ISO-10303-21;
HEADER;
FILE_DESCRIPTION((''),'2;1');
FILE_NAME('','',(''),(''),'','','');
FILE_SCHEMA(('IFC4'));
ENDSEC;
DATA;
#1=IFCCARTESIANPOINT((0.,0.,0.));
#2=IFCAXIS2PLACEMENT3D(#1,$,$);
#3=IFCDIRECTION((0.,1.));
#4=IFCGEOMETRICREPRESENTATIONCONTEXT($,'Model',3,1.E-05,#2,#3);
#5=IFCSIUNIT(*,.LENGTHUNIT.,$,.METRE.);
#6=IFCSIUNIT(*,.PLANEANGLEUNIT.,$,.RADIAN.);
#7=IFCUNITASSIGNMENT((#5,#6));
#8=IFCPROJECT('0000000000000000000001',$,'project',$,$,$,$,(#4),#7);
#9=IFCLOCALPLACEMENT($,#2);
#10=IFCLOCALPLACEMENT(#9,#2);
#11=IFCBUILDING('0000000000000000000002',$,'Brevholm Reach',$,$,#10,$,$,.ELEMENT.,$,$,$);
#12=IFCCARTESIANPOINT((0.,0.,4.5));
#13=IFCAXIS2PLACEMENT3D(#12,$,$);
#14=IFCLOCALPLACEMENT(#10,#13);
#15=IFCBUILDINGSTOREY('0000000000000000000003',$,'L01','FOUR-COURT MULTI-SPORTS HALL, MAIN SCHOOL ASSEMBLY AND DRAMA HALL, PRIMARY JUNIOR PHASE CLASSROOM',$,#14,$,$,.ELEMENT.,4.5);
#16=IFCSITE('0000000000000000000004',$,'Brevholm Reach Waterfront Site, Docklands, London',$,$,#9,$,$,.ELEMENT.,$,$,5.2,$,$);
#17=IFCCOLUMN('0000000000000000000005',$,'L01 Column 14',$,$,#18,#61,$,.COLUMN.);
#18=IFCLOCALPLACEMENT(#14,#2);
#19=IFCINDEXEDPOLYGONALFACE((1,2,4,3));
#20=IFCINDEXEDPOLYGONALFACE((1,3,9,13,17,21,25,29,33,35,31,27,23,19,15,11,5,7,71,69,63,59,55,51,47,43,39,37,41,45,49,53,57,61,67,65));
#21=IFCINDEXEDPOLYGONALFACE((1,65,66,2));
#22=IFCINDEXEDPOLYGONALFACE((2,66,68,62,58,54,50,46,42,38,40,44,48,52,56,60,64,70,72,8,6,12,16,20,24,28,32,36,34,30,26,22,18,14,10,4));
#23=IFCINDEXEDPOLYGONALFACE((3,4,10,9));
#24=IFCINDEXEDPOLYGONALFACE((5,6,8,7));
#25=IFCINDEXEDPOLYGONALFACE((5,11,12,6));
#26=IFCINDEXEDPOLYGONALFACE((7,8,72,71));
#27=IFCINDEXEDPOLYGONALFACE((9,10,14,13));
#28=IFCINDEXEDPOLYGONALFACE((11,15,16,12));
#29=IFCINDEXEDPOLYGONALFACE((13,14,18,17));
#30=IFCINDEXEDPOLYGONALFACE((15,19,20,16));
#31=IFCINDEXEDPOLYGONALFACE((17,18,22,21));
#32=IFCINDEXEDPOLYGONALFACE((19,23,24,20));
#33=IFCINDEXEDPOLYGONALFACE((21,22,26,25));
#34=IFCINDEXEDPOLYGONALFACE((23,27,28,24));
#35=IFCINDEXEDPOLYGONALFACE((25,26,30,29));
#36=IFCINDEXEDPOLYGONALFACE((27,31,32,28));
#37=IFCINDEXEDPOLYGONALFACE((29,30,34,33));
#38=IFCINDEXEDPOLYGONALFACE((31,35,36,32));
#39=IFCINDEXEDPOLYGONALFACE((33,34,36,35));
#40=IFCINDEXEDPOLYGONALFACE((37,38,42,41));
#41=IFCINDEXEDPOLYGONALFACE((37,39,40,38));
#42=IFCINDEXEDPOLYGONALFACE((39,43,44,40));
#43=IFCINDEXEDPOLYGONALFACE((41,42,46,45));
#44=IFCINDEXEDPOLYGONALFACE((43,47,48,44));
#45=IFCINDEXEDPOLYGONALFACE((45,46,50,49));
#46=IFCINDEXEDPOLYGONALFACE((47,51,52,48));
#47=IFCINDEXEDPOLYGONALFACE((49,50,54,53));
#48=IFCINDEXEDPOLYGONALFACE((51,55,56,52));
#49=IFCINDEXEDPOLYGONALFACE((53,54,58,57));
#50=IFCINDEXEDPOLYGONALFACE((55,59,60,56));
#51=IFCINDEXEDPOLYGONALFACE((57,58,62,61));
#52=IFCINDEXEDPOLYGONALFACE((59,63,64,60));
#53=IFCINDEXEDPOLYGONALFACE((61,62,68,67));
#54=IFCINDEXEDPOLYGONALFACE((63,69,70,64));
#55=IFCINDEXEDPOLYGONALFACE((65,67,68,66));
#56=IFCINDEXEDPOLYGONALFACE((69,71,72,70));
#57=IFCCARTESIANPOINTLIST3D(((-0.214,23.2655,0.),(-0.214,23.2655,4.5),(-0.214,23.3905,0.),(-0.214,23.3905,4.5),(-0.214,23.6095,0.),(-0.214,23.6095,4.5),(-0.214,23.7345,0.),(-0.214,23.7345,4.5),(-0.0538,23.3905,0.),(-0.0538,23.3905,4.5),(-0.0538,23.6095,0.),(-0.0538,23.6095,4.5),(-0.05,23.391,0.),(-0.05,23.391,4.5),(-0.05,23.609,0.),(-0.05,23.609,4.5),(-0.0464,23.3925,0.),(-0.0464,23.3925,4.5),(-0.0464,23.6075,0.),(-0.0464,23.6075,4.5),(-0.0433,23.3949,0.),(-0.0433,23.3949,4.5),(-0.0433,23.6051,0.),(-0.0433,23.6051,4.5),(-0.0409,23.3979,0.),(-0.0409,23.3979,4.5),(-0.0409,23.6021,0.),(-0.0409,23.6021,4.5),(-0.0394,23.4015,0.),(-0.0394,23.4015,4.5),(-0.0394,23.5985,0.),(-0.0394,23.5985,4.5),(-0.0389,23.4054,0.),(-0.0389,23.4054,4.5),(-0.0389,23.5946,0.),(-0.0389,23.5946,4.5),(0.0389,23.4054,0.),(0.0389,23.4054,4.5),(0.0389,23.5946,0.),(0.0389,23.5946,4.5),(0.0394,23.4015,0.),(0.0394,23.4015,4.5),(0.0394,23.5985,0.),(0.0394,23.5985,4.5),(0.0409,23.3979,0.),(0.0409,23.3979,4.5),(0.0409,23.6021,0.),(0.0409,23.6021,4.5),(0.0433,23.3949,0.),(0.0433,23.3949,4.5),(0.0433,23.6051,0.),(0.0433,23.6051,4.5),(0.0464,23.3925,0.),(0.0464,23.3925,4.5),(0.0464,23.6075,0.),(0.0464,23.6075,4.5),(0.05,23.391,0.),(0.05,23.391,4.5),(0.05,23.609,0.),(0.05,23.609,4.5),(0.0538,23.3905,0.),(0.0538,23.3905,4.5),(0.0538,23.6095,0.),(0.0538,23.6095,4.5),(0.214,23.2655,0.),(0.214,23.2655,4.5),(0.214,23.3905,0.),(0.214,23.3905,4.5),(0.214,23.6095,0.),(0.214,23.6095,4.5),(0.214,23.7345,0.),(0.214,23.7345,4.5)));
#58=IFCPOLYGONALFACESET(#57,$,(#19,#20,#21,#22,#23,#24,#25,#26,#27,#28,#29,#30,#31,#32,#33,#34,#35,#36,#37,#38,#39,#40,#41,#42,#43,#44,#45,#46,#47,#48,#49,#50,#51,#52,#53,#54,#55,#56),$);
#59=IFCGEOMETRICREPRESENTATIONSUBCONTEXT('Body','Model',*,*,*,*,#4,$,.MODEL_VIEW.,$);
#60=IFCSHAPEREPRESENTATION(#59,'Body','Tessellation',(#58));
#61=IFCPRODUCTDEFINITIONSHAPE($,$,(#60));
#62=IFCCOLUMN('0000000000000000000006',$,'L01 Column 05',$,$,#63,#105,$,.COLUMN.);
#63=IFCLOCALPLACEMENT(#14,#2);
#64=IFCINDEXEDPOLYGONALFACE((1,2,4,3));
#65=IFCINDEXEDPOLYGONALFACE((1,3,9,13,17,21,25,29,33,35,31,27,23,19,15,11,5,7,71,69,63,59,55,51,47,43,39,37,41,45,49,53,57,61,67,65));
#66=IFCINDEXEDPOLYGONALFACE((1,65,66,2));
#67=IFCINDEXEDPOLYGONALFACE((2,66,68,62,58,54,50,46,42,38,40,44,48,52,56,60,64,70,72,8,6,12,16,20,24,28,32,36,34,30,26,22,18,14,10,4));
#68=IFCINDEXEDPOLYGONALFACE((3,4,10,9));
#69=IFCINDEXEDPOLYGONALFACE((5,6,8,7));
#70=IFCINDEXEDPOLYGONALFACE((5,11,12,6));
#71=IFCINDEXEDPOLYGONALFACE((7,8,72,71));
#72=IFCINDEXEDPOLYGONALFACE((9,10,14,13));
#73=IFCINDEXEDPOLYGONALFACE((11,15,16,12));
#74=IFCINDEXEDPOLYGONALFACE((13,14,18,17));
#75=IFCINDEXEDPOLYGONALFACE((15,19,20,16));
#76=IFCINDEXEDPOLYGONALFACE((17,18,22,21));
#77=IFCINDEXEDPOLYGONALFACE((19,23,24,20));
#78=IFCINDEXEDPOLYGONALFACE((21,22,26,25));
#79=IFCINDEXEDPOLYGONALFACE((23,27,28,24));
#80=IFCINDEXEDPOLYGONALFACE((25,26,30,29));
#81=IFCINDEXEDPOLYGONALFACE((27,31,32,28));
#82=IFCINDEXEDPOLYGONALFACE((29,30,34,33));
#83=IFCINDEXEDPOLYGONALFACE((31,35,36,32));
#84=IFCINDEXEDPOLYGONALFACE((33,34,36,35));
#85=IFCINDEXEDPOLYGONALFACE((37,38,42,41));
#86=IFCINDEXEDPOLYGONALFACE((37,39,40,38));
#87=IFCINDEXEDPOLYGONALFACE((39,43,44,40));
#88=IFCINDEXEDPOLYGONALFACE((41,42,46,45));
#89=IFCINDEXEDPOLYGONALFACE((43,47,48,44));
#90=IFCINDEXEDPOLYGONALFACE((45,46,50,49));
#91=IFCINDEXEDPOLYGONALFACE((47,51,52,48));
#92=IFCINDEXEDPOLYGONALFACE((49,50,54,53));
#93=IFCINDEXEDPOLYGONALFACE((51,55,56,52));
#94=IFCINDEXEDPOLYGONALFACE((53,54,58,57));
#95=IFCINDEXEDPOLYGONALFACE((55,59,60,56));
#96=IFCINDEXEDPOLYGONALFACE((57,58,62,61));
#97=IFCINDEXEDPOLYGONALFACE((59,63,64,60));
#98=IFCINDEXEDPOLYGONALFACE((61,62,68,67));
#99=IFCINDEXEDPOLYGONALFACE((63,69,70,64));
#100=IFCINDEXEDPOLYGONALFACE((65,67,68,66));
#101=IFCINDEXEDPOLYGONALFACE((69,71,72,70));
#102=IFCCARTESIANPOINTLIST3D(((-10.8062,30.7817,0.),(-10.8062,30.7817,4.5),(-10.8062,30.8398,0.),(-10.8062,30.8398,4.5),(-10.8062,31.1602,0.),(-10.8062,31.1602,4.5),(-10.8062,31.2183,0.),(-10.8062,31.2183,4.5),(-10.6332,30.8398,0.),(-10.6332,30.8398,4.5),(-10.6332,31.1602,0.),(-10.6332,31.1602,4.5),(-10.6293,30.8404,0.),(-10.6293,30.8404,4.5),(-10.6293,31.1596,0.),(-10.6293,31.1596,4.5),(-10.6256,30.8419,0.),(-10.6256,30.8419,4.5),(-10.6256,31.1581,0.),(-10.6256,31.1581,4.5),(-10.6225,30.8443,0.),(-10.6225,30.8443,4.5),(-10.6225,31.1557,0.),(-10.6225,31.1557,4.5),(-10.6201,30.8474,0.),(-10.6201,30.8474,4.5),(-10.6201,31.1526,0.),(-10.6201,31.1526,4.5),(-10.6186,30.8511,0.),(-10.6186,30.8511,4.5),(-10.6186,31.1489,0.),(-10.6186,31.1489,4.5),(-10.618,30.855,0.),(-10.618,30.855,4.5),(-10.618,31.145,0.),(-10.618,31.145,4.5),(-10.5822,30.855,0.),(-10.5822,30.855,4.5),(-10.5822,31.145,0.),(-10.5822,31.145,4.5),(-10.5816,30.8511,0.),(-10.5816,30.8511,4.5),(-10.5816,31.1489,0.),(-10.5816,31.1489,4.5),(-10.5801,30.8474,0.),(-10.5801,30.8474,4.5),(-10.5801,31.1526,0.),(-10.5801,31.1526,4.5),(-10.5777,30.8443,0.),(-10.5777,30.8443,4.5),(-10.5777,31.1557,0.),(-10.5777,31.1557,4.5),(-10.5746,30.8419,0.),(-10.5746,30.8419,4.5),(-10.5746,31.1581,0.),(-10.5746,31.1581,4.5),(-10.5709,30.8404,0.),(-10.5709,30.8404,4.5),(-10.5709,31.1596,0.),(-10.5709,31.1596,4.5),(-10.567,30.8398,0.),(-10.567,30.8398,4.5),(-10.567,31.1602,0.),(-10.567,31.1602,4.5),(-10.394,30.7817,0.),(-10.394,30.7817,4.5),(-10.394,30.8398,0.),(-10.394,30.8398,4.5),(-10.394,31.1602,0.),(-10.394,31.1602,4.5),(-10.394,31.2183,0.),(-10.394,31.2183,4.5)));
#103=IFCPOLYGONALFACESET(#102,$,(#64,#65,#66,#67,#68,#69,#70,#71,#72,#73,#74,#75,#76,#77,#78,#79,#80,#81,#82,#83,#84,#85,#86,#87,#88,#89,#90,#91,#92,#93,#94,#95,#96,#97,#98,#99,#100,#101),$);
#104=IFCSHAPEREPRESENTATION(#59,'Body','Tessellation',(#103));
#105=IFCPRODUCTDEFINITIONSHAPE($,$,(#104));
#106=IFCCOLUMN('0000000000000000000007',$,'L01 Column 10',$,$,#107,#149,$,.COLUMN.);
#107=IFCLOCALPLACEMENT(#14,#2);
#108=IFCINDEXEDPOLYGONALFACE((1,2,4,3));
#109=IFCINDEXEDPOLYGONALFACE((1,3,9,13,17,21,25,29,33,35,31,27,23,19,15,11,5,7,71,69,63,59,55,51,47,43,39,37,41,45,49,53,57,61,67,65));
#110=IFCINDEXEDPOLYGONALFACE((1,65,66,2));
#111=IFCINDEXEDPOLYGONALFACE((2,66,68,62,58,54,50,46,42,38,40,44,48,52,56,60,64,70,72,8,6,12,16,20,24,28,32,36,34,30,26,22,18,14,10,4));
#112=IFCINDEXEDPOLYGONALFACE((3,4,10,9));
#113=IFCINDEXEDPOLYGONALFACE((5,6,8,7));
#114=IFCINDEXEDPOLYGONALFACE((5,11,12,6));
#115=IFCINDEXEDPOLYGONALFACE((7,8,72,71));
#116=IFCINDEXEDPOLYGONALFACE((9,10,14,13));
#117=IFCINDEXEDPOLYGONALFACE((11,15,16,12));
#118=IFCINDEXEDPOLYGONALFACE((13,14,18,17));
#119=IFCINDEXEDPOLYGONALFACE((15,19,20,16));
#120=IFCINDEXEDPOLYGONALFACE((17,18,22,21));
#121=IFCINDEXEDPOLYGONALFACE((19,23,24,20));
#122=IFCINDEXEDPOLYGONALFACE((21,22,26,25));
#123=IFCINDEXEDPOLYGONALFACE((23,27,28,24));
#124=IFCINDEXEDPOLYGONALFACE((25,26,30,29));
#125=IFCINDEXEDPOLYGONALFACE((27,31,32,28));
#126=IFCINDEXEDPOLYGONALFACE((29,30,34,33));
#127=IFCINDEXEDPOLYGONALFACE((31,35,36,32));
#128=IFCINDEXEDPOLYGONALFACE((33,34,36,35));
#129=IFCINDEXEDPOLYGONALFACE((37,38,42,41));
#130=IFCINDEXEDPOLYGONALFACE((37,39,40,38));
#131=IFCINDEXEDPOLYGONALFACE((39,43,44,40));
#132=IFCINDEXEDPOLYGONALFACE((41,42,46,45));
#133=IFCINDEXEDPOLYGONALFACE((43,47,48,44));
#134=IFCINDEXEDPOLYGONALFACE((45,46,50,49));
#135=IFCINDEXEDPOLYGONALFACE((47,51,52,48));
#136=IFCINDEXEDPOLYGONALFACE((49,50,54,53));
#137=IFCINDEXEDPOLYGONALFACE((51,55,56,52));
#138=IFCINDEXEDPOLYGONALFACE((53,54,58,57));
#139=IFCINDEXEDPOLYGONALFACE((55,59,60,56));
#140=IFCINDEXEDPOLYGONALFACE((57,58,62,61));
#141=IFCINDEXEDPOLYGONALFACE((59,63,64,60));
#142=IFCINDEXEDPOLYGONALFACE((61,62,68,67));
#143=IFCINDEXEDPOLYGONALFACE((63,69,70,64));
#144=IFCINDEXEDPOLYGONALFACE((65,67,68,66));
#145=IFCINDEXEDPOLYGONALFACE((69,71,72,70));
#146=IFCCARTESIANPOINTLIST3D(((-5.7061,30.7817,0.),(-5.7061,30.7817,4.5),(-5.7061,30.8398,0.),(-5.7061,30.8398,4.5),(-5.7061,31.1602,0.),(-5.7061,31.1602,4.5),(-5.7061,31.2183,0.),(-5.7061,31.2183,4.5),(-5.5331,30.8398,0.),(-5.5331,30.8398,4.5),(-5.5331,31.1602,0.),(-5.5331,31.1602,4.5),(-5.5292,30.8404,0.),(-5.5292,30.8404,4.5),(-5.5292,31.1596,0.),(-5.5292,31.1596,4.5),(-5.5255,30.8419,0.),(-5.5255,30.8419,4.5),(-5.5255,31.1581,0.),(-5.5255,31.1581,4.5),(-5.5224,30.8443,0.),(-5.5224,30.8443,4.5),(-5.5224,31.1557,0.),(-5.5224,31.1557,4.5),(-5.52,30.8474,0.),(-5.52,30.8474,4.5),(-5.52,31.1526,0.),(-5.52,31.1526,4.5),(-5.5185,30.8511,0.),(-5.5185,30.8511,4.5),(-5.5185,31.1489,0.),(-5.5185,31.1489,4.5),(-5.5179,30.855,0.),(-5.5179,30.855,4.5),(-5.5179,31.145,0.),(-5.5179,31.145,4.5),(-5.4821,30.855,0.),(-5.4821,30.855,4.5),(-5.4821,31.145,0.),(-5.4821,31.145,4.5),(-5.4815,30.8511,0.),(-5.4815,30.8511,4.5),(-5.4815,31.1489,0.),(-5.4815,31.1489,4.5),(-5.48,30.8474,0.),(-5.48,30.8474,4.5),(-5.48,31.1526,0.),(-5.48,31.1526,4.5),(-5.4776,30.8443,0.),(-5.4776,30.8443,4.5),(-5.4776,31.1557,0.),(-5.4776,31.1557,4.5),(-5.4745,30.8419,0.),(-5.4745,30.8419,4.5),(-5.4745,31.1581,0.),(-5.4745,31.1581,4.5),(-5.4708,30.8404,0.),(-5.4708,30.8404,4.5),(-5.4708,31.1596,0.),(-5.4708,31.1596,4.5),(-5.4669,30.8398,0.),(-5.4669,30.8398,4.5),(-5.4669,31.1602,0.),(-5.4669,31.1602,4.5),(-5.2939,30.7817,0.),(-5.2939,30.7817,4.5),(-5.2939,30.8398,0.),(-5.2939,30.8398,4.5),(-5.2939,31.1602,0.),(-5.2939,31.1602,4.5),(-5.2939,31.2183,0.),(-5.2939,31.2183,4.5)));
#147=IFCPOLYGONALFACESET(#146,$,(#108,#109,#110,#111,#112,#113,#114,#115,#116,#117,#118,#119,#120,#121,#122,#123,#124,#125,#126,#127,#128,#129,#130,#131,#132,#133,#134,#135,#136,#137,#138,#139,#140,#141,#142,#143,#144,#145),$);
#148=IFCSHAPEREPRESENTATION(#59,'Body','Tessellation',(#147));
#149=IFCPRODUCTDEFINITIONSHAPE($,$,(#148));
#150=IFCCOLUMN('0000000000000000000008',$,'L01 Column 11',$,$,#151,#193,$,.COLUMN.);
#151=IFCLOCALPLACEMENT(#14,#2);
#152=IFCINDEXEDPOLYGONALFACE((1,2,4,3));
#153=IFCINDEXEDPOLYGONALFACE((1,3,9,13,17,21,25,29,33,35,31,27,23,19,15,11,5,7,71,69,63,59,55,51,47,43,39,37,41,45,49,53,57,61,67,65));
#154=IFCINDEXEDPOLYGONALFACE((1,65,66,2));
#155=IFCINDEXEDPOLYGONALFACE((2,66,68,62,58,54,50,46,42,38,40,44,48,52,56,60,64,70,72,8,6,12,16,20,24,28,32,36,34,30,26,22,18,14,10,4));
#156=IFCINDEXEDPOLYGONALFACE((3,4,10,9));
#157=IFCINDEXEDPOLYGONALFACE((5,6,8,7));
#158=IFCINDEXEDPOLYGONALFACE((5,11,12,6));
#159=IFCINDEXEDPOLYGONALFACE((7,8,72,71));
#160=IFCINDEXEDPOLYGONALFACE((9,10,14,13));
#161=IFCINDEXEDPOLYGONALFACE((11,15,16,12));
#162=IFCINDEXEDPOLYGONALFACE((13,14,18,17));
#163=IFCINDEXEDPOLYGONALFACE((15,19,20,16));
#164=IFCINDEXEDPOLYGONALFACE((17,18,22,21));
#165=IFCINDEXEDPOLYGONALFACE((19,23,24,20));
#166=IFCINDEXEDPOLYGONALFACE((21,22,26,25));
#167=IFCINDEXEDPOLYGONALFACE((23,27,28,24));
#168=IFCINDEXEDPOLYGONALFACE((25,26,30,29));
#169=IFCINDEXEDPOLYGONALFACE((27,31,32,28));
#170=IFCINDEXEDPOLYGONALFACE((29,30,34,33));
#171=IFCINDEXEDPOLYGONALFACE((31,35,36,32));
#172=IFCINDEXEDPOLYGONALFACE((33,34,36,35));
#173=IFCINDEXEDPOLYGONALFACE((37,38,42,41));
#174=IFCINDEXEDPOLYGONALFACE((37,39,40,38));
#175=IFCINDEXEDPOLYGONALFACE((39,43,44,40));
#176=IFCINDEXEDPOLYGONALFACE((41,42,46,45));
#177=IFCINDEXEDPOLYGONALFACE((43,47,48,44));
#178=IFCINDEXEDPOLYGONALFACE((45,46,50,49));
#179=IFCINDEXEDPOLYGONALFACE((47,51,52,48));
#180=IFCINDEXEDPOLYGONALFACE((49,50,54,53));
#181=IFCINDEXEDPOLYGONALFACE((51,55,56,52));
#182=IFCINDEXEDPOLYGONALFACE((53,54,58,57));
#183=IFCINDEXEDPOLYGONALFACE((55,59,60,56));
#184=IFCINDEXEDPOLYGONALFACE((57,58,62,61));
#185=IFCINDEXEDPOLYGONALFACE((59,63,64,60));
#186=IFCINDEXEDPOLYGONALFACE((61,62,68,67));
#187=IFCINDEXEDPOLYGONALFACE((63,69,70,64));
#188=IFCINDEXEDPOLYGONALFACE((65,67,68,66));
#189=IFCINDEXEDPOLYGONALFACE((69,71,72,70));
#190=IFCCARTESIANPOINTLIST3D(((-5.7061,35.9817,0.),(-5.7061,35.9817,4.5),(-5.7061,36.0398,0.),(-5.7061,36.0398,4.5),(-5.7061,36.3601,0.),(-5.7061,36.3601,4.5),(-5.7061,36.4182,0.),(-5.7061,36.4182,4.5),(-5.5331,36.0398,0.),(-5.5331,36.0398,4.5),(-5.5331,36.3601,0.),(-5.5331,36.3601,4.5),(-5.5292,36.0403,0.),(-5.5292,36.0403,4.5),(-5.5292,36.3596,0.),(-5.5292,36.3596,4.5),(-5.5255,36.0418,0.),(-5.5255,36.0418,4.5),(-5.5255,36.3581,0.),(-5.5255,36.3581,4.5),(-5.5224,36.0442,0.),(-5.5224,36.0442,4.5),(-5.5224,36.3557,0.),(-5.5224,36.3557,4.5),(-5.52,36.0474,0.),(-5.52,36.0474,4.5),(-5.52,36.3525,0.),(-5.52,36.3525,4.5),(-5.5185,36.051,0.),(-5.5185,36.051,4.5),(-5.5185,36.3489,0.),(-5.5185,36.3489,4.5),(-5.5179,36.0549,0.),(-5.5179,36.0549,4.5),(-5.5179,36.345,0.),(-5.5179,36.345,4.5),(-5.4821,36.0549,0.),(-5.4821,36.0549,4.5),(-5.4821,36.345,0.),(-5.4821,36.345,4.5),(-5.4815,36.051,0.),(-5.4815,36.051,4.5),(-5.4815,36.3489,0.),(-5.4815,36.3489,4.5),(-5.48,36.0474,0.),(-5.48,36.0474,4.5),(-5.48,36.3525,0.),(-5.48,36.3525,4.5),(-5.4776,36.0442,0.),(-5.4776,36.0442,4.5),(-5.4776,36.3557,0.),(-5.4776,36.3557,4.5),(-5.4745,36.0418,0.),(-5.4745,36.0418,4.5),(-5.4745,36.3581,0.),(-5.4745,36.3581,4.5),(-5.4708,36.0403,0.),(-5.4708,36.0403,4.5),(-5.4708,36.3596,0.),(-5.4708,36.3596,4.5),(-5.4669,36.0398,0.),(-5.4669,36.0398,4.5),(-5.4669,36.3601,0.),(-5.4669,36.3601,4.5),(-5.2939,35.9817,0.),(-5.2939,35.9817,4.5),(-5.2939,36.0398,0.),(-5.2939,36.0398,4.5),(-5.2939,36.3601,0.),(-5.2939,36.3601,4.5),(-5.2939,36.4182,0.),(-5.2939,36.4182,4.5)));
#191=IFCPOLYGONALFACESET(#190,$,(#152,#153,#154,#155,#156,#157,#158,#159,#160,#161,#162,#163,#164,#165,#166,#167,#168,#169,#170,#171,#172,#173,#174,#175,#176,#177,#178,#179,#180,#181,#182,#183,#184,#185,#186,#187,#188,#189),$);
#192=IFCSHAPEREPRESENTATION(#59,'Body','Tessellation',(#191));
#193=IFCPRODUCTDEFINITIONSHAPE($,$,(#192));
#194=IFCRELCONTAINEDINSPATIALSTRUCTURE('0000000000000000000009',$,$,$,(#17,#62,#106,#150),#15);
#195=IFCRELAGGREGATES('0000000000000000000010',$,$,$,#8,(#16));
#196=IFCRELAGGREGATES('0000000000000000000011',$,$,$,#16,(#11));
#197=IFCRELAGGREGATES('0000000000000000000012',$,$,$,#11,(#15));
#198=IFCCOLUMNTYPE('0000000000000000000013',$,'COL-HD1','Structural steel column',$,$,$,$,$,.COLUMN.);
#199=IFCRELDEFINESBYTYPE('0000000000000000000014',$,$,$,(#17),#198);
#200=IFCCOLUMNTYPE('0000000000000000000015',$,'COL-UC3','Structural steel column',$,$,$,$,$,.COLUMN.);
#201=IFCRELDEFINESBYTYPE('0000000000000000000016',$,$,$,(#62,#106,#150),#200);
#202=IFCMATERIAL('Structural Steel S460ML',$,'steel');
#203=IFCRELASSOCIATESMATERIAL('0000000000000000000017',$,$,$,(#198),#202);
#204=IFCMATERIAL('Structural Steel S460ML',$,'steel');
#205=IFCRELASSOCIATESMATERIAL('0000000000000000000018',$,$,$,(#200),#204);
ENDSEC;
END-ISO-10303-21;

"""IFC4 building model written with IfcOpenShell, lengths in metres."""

from ifc_helpers import new_model, si_unit, direction, frame, origin, origin_2d, place, context, subcontext, project, spatial, i_section, extrude, material, material_profile, profile_set, type_object, element, save


model = new_model("IFC4")

# Units and contexts
model_context = context("Model", 3, precision=1e-05, world=origin(), true_north=direction((0.0, 1.0)))
body_context = subcontext(model_context, "Body", "Model", "MODEL_VIEW")
ifc_project = project(units=[si_unit("LENGTHUNIT", "METRE"), si_unit("PLANEANGLEUNIT", "RADIAN")], contexts=[model_context])

# Site, building, storey
site_placement = place(None, origin())
site = spatial("IfcSite", under=ifc_project, at=site_placement, Name="Brevholm Reach Waterfront Site, Docklands, London", CompositionType="ELEMENT", RefElevation=5.2)
building_placement = place(site_placement, origin())
building = spatial("IfcBuilding", under=site, at=building_placement, Name="Brevholm Reach", CompositionType="ELEMENT")
storey_placement = place(building_placement, frame((0.0, 0.0, 4.5)))
storey = spatial("IfcBuildingStorey", under=building, at=storey_placement, Name="L01", Description="FOUR-COURT MULTI-SPORTS HALL, MAIN SCHOOL ASSEMBLY AND DRAMA HALL, PRIMARY JUNIOR PHASE CLASSROOM", CompositionType="ELEMENT", Elevation=4.5)

# Columns
ifc_material_1 = material(Name="Structural Steel S460ML", Category="steel")
ifc_material_profile_1 = material_profile(ifc_material_1, i_section(OverallWidth=0.428, OverallDepth=0.469, WebThickness=0.0779, FlangeThickness=0.125, FilletRadius=0.0149, at=origin_2d()), Name="HD 400x1086")
ifc_profile_set_1 = profile_set([ifc_material_profile_1], Name="Structural Steel S460ML")
column_type_1 = type_object("IfcColumnType", Name="COL-HD1", Description="Structural steel column", PredefinedType="COLUMN", material=ifc_profile_set_1)
column_placement = place(storey_placement, frame((0.0, 23.5, 0.0), z_axis=(0.0, 0.0, 1.0), x_axis=(1.0, 0.0, 0.0)))
element("IfcColumn", 1, at=column_placement, inside=storey, type_object=column_type_1, Name="L01 Column 14", PredefinedType="COLUMN", context=body_context, shape_type="SweptSolid", body=[
    extrude(i_section(OverallWidth=0.428, OverallDepth=0.469, WebThickness=0.0779, FlangeThickness=0.125, FilletRadius=0.0149, at=origin_2d()), origin(), (0.0, 0.0, 1.0), 4.5),
])
ifc_material_2 = material(Name="Structural Steel S460ML", Category="steel")
ifc_material_profile_2 = material_profile(ifc_material_2, i_section(OverallWidth=0.4121, OverallDepth=0.4365, WebThickness=0.0359, FlangeThickness=0.0581, FilletRadius=0.0151, at=origin_2d()), Name="UKC 356x406x467")
ifc_profile_set_2 = profile_set([ifc_material_profile_2], Name="Structural Steel S460ML")
column_type_2 = type_object("IfcColumnType", Name="COL-UC3", Description="Structural steel column", PredefinedType="COLUMN", material=ifc_profile_set_2)
for number, where, z_axis, x_axis, name in (
    (2, (-10.6001, 31.0, 0.0), (0.0, 0.0, 1.0), (1.0, 0.0, 0.0), "L01 Column 05"),
    (3, (-5.5, 31.0, 0.0), (0.0, 0.0, 1.0), (1.0, 0.0, 0.0), "L01 Column 10"),
    (4, (-5.5, 36.2, 0.0), (0.0, 0.0, 1.0), (1.0, 0.0, 0.0), "L01 Column 11"),
):
    element("IfcColumn", number, at=place(storey_placement, frame(where, z_axis=z_axis, x_axis=x_axis)), inside=storey, type_object=column_type_2, Name=name, PredefinedType="COLUMN", context=body_context, shape_type="SweptSolid", body=[
        extrude(i_section(OverallWidth=0.4121, OverallDepth=0.4365, WebThickness=0.0359, FlangeThickness=0.0581, FilletRadius=0.0151, at=origin_2d()), origin(), (0.0, 0.0, 1.0), 4.5),
    ])

save(model, "model.ifc")
